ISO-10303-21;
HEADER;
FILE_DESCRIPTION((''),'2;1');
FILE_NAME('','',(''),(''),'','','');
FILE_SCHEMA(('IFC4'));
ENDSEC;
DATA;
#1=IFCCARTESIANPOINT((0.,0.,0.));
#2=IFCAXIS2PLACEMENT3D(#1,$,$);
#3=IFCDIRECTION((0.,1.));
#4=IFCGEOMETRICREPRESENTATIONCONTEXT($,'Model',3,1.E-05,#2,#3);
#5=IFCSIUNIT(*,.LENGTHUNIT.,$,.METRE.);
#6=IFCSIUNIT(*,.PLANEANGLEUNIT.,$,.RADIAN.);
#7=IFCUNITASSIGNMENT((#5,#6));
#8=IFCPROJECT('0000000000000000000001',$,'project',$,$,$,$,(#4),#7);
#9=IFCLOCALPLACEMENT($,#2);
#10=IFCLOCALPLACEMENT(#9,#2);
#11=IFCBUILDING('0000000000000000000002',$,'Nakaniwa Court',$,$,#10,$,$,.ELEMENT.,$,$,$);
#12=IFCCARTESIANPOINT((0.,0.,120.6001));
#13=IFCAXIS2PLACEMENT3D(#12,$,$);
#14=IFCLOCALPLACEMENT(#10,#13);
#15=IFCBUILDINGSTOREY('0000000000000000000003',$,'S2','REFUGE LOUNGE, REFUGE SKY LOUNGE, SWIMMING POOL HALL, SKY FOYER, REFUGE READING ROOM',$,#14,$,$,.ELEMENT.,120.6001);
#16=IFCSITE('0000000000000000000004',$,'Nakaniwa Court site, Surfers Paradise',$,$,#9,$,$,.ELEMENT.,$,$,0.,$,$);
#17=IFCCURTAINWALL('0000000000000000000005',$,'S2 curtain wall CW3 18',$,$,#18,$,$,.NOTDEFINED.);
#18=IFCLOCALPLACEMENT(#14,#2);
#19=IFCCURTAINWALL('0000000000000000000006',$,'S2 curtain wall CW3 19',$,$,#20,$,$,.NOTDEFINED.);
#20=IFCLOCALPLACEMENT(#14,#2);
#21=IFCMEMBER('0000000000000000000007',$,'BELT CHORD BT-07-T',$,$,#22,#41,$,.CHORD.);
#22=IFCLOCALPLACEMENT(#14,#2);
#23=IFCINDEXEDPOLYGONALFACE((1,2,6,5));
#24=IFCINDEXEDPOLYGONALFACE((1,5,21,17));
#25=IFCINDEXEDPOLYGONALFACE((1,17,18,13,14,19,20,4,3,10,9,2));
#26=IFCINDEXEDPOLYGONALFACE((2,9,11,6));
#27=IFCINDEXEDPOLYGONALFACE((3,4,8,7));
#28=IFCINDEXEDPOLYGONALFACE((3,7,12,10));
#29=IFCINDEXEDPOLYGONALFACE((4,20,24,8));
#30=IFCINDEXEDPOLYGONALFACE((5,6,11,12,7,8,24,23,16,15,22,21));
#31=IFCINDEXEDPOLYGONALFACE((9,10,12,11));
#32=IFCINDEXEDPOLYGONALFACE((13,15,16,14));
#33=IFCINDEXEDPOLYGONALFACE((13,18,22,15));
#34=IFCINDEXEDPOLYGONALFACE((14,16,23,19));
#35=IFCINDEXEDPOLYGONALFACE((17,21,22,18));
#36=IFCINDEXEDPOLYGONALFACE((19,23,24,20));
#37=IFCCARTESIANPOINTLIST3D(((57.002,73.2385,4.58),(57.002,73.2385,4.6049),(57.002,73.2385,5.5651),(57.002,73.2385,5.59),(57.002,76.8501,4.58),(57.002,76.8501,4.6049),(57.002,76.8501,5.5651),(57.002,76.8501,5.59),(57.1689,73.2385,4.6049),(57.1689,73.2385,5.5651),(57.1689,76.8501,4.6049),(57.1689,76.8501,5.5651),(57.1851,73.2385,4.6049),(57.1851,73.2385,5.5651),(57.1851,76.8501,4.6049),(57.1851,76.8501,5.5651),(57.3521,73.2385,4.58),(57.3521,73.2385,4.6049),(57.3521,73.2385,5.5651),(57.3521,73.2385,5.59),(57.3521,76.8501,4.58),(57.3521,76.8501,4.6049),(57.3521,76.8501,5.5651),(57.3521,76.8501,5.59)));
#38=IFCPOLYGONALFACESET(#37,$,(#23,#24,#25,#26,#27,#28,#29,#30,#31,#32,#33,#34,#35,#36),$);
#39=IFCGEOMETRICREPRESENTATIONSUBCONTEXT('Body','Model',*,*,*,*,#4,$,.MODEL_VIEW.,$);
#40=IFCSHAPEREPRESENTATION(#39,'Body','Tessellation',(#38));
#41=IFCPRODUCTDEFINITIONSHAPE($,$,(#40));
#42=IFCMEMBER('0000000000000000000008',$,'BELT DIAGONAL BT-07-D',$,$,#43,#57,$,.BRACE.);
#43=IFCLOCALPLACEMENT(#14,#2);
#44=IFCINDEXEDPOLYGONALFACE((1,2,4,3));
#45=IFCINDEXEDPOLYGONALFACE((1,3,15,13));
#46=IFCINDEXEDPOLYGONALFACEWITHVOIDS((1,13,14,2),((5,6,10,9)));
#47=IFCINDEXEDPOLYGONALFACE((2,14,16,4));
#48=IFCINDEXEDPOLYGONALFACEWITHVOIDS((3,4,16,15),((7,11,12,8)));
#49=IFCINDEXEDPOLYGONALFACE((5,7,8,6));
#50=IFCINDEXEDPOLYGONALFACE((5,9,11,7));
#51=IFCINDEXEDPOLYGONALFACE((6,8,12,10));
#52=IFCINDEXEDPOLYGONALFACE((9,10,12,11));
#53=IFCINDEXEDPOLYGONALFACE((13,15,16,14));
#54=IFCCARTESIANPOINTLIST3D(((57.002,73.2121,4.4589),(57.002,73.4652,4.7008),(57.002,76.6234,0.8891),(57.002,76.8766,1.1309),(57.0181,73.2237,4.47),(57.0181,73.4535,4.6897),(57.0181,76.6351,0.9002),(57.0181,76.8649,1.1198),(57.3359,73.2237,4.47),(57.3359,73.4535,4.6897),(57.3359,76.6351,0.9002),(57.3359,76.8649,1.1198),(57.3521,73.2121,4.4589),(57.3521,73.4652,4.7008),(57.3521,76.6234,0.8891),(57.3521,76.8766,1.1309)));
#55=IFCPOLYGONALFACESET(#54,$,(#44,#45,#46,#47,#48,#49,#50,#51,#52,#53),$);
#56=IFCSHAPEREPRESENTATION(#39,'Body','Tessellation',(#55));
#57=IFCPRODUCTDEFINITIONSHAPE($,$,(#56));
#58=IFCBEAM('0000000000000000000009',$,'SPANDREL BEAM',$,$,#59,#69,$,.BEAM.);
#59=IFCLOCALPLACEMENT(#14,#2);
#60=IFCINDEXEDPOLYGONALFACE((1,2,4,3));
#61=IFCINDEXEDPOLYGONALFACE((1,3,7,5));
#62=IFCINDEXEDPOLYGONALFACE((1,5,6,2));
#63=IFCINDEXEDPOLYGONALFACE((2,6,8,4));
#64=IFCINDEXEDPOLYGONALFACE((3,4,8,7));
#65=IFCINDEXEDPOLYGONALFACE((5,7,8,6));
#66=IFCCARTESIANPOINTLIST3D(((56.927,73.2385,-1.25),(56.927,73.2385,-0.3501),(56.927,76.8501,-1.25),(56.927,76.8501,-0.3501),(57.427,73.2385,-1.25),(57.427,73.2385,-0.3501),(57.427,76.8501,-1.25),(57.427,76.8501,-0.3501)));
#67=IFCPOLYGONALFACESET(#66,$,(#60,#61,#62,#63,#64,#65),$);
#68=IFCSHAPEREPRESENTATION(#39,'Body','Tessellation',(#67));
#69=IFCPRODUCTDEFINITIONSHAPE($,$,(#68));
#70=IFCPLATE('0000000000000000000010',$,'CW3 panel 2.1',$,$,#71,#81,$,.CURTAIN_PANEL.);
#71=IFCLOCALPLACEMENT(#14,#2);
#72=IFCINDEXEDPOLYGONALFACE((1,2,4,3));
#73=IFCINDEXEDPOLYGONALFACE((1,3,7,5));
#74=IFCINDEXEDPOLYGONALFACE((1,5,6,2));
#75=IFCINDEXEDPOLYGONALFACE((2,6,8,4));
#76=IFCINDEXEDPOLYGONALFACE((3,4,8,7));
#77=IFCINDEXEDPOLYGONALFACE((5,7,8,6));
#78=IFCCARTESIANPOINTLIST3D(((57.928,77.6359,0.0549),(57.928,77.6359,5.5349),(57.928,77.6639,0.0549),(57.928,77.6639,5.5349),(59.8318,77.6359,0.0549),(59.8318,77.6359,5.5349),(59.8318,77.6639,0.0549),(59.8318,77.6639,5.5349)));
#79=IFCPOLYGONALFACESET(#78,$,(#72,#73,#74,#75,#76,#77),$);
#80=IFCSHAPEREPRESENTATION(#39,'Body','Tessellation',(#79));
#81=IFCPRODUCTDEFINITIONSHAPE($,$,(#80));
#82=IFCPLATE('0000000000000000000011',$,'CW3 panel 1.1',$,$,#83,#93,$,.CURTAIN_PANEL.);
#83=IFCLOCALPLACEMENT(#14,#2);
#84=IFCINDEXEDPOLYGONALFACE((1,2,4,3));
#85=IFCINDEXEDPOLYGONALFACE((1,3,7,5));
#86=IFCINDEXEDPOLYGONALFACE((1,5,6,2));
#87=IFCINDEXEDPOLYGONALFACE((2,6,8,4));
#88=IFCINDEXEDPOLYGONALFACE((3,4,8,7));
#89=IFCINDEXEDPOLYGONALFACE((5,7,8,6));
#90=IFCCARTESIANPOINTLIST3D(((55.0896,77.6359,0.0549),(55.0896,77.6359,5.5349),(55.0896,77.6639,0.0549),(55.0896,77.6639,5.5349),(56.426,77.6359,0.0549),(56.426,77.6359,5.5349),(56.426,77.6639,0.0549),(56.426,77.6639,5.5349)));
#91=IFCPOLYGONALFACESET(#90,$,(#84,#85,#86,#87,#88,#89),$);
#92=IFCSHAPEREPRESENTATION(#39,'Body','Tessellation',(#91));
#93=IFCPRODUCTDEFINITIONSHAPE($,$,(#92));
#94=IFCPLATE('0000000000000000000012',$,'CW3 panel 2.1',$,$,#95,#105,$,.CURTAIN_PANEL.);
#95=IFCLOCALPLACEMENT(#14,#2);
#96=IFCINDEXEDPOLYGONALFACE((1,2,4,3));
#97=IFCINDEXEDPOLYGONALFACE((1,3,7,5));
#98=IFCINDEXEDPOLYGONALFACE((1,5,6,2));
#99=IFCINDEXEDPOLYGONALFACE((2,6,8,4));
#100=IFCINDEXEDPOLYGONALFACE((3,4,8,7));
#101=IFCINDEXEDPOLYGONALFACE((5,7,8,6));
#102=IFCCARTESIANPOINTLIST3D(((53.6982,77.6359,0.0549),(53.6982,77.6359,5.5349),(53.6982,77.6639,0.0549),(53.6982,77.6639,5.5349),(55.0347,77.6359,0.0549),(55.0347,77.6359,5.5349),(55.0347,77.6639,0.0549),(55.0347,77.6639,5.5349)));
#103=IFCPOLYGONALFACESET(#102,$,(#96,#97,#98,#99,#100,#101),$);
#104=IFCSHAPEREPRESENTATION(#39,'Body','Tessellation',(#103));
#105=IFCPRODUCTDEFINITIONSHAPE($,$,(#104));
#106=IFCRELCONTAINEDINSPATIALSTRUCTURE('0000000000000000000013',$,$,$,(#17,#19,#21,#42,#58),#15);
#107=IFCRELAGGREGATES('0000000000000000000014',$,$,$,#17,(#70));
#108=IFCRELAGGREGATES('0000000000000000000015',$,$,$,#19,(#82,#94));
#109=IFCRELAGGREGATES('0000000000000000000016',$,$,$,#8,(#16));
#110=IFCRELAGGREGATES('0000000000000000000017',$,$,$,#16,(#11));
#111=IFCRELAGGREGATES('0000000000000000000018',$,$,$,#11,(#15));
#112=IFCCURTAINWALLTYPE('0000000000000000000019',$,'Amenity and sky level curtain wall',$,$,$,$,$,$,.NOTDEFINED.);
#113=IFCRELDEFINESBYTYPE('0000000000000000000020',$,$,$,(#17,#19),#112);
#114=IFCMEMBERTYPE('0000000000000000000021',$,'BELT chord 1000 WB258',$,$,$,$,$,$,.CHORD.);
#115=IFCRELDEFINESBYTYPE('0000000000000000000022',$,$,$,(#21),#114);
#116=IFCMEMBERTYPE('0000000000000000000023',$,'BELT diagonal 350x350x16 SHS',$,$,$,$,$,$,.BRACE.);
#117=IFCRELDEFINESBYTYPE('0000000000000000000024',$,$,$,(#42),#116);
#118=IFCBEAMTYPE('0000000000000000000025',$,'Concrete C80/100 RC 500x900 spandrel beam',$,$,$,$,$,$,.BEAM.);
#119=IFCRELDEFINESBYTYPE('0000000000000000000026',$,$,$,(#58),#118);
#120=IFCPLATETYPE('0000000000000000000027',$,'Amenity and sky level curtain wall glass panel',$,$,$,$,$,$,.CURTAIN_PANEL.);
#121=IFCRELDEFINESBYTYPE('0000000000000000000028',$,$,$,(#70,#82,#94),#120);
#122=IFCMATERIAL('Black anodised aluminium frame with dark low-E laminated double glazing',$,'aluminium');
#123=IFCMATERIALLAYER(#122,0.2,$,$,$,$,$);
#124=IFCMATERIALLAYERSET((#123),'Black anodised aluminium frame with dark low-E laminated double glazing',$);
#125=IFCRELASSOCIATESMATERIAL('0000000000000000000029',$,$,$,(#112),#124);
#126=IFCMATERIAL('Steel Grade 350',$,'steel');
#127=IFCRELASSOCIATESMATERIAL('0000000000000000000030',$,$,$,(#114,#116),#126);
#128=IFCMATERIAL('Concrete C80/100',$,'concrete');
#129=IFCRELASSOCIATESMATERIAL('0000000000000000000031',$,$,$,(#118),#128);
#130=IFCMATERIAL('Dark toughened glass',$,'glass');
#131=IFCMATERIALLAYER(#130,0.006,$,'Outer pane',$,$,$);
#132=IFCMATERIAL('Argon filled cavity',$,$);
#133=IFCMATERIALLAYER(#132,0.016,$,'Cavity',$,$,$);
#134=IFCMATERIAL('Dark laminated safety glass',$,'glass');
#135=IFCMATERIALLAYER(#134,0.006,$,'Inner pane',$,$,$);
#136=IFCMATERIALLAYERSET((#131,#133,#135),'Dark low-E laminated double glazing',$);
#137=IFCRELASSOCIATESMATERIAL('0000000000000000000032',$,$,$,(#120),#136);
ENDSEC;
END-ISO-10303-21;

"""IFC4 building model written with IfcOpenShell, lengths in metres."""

from ifc_helpers import new_model, si_unit, direction, frame, origin, origin_2d, place, context, subcontext, project, spatial, rectangle, hollow_rectangle, i_section, extrude, material, layer, layer_set, material_profile, profile_set, type_object, element, aggregate, save


model = new_model("IFC4")

# Units and contexts
model_context = context("Model", 3, precision=1e-05, world=origin(), true_north=direction((0.0, 1.0)))
body_context = subcontext(model_context, "Body", "Model", "MODEL_VIEW")
ifc_project = project(units=[si_unit("LENGTHUNIT", "METRE"), si_unit("PLANEANGLEUNIT", "RADIAN")], contexts=[model_context])

# Site, building, storey
site_placement = place(None, origin())
site = spatial("IfcSite", under=ifc_project, at=site_placement, Name="Nakaniwa Court site, Surfers Paradise", CompositionType="ELEMENT", RefElevation=0.0)
building_placement = place(site_placement, origin())
building = spatial("IfcBuilding", under=site, at=building_placement, Name="Nakaniwa Court", CompositionType="ELEMENT")
storey_placement = place(building_placement, frame((0.0, 0.0, 120.6001)))
storey = spatial("IfcBuildingStorey", under=building, at=storey_placement, Name="S2", Description="REFUGE LOUNGE, REFUGE SKY LOUNGE, SWIMMING POOL HALL, SKY FOYER, REFUGE READING ROOM", CompositionType="ELEMENT", Elevation=120.6001)

# Shared definitions
ifc_material_1 = material(Name="Concrete C80/100", Category="concrete")

# Curtain walls
ifc_material_2 = material(Name="Black anodised aluminium frame with dark low-E laminated double glazing", Category="aluminium")
ifc_layer_1 = layer(ifc_material_2, 0.2)
ifc_layer_set_1 = layer_set([ifc_layer_1], Name="Black anodised aluminium frame with dark low-E laminated double glazing")
curtain_wall_type = type_object("IfcCurtainWallType", Name="Amenity and sky level curtain wall", PredefinedType="NOTDEFINED", material=ifc_layer_set_1)
curtain_wall_1_placement = place(storey_placement, origin())
curtain_wall_1 = element("IfcCurtainWall", 1, at=curtain_wall_1_placement, inside=storey, type_object=curtain_wall_type, Name="S2 curtain wall CW3 18", PredefinedType="NOTDEFINED")
curtain_wall_2_placement = place(storey_placement, origin())
curtain_wall_2 = element("IfcCurtainWall", 2, at=curtain_wall_2_placement, inside=storey, type_object=curtain_wall_type, Name="S2 curtain wall CW3 19", PredefinedType="NOTDEFINED")

# Members
ifc_material_3 = material(Name="Steel Grade 350", Category="steel")
ifc_material_profile_1 = material_profile(ifc_material_3, i_section(OverallWidth=0.3501, OverallDepth=1.01, WebThickness=0.0161, FlangeThickness=0.0249, at=origin_2d()), Name="1000WB258")
ifc_profile_set_1 = profile_set([ifc_material_profile_1], Name="Steel Grade 350")
member_type_1 = type_object("IfcMemberType", Name="BELT chord 1000 WB258", PredefinedType="CHORD", material=ifc_profile_set_1)
for number, where, z_axis, x_axis, name in (
    (3, (57.177, 76.8501, 5.085), (0.0, -1.0, 0.0), (1.0, 0.0, 0.0), "BELT CHORD BT-07-T"),
):
    element("IfcMember", number, at=place(storey_placement, frame(where, z_axis=z_axis, x_axis=x_axis)), inside=storey, type_object=member_type_1, Name=name, PredefinedType="CHORD", context=body_context, shape_type="SweptSolid", body=[
        extrude(i_section(OverallWidth=0.3501, OverallDepth=1.01, WebThickness=0.0161, FlangeThickness=0.0249, at=origin_2d()), origin(), (0.0, 0.0, 1.0), 3.6116),
    ])
ifc_material_profile_2 = material_profile(ifc_material_3, hollow_rectangle(XDim=0.3501, YDim=0.3501, WallThickness=0.0161, at=origin_2d()), Name="BELT diagonal 350x350x16 SHS")
ifc_profile_set_2 = profile_set([ifc_material_profile_2], Name="Steel Grade 350")
member_type_2 = type_object("IfcMemberType", Name="BELT diagonal 350x350x16 SHS", PredefinedType="BRACE", material=ifc_profile_set_2)
member_1_placement = place(storey_placement, frame((57.177, 76.75, 1.01), z_axis=(0.0, -0.69088, 0.722969), x_axis=(1.0, 0.0, 0.0)))
element("IfcMember", 4, at=member_1_placement, inside=storey, type_object=member_type_2, Name="BELT DIAGONAL BT-07-D", PredefinedType="BRACE", context=body_context, shape_type="SweptSolid", body=[
    extrude(hollow_rectangle(XDim=0.3501, YDim=0.3501, WallThickness=0.0161, at=origin_2d()), origin(), (0.0, 0.0, 1.0), 4.9377),
])

# Beam
ifc_material_profile_3 = material_profile(ifc_material_1, rectangle(XDim=0.5, YDim=0.8999, at=origin_2d()), Name="Concrete C80/100 RC 500x900 spandrel beam")
ifc_profile_set_3 = profile_set([ifc_material_profile_3], Name="Concrete C80/100")
beam_type = type_object("IfcBeamType", Name="Concrete C80/100 RC 500x900 spandrel beam", PredefinedType="BEAM", material=ifc_profile_set_3)
beam_placement = place(storey_placement, frame((57.177, 76.8501, -0.8), z_axis=(0.0, -1.0, 0.0), x_axis=(1.0, 0.0, 0.0)))
element("IfcBeam", 5, at=beam_placement, inside=storey, type_object=beam_type, Name="SPANDREL BEAM", PredefinedType="BEAM", context=body_context, shape_type="SweptSolid", body=[
    extrude(rectangle(XDim=0.5, YDim=0.8999, at=origin_2d()), origin(), (0.0, 0.0, 1.0), 3.6116),
])

# Plates
ifc_material_4 = material(Name="Dark toughened glass", Category="glass")
ifc_layer_2 = layer(ifc_material_4, 0.006, Name="Outer pane")
ifc_material_5 = material(Name="Argon filled cavity")
ifc_layer_3 = layer(ifc_material_5, 0.016, Name="Cavity")
ifc_material_6 = material(Name="Dark laminated safety glass", Category="glass")
ifc_layer_4 = layer(ifc_material_6, 0.006, Name="Inner pane")
ifc_layer_set_2 = layer_set([ifc_layer_2, ifc_layer_3, ifc_layer_4], Name="Dark low-E laminated double glazing")
plate_type = type_object("IfcPlateType", Name="Amenity and sky level curtain wall glass panel", PredefinedType="CURTAIN_PANEL", material=ifc_layer_set_2)
plate_1_placement = place(storey_placement, frame((58.8799, 77.6499, 0.0549), z_axis=(0.0, 0.0, 1.0), x_axis=(-1.0, 0.0, 0.0)))
plate_1 = element("IfcPlate", 6, at=plate_1_placement, type_object=plate_type, Name="CW3 panel 2.1", PredefinedType="CURTAIN_PANEL", context=body_context, shape_type="SweptSolid", body=[
    extrude(rectangle(XDim=1.9038, YDim=0.0281, at=origin_2d()), origin(), (0.0, 0.0, 1.0), 5.48),
])
aggregate(curtain_wall_1, [plate_1])
plate_2_placement = place(storey_placement, frame((55.7578, 77.6499, 0.0549), z_axis=(0.0, 0.0, 1.0), x_axis=(-1.0, 0.0, 0.0)))
plate_2 = element("IfcPlate", 7, at=plate_2_placement, type_object=plate_type, Name="CW3 panel 1.1", PredefinedType="CURTAIN_PANEL", context=body_context, shape_type="SweptSolid", body=[
    extrude(rectangle(XDim=1.3364, YDim=0.0281, at=origin_2d()), origin(), (0.0, 0.0, 1.0), 5.48),
])
plate_3_placement = place(storey_placement, frame((54.3665, 77.6499, 0.0549), z_axis=(0.0, 0.0, 1.0), x_axis=(-1.0, 0.0, 0.0)))
plate_3 = element("IfcPlate", 8, at=plate_3_placement, type_object=plate_type, Name="CW3 panel 2.1", PredefinedType="CURTAIN_PANEL", context=body_context, shape_type="SweptSolid", body=[
    extrude(rectangle(XDim=1.3364, YDim=0.0281, at=origin_2d()), origin(), (0.0, 0.0, 1.0), 5.48),
])
aggregate(curtain_wall_2, [plate_2, plate_3])

save(model, "model.ifc")
